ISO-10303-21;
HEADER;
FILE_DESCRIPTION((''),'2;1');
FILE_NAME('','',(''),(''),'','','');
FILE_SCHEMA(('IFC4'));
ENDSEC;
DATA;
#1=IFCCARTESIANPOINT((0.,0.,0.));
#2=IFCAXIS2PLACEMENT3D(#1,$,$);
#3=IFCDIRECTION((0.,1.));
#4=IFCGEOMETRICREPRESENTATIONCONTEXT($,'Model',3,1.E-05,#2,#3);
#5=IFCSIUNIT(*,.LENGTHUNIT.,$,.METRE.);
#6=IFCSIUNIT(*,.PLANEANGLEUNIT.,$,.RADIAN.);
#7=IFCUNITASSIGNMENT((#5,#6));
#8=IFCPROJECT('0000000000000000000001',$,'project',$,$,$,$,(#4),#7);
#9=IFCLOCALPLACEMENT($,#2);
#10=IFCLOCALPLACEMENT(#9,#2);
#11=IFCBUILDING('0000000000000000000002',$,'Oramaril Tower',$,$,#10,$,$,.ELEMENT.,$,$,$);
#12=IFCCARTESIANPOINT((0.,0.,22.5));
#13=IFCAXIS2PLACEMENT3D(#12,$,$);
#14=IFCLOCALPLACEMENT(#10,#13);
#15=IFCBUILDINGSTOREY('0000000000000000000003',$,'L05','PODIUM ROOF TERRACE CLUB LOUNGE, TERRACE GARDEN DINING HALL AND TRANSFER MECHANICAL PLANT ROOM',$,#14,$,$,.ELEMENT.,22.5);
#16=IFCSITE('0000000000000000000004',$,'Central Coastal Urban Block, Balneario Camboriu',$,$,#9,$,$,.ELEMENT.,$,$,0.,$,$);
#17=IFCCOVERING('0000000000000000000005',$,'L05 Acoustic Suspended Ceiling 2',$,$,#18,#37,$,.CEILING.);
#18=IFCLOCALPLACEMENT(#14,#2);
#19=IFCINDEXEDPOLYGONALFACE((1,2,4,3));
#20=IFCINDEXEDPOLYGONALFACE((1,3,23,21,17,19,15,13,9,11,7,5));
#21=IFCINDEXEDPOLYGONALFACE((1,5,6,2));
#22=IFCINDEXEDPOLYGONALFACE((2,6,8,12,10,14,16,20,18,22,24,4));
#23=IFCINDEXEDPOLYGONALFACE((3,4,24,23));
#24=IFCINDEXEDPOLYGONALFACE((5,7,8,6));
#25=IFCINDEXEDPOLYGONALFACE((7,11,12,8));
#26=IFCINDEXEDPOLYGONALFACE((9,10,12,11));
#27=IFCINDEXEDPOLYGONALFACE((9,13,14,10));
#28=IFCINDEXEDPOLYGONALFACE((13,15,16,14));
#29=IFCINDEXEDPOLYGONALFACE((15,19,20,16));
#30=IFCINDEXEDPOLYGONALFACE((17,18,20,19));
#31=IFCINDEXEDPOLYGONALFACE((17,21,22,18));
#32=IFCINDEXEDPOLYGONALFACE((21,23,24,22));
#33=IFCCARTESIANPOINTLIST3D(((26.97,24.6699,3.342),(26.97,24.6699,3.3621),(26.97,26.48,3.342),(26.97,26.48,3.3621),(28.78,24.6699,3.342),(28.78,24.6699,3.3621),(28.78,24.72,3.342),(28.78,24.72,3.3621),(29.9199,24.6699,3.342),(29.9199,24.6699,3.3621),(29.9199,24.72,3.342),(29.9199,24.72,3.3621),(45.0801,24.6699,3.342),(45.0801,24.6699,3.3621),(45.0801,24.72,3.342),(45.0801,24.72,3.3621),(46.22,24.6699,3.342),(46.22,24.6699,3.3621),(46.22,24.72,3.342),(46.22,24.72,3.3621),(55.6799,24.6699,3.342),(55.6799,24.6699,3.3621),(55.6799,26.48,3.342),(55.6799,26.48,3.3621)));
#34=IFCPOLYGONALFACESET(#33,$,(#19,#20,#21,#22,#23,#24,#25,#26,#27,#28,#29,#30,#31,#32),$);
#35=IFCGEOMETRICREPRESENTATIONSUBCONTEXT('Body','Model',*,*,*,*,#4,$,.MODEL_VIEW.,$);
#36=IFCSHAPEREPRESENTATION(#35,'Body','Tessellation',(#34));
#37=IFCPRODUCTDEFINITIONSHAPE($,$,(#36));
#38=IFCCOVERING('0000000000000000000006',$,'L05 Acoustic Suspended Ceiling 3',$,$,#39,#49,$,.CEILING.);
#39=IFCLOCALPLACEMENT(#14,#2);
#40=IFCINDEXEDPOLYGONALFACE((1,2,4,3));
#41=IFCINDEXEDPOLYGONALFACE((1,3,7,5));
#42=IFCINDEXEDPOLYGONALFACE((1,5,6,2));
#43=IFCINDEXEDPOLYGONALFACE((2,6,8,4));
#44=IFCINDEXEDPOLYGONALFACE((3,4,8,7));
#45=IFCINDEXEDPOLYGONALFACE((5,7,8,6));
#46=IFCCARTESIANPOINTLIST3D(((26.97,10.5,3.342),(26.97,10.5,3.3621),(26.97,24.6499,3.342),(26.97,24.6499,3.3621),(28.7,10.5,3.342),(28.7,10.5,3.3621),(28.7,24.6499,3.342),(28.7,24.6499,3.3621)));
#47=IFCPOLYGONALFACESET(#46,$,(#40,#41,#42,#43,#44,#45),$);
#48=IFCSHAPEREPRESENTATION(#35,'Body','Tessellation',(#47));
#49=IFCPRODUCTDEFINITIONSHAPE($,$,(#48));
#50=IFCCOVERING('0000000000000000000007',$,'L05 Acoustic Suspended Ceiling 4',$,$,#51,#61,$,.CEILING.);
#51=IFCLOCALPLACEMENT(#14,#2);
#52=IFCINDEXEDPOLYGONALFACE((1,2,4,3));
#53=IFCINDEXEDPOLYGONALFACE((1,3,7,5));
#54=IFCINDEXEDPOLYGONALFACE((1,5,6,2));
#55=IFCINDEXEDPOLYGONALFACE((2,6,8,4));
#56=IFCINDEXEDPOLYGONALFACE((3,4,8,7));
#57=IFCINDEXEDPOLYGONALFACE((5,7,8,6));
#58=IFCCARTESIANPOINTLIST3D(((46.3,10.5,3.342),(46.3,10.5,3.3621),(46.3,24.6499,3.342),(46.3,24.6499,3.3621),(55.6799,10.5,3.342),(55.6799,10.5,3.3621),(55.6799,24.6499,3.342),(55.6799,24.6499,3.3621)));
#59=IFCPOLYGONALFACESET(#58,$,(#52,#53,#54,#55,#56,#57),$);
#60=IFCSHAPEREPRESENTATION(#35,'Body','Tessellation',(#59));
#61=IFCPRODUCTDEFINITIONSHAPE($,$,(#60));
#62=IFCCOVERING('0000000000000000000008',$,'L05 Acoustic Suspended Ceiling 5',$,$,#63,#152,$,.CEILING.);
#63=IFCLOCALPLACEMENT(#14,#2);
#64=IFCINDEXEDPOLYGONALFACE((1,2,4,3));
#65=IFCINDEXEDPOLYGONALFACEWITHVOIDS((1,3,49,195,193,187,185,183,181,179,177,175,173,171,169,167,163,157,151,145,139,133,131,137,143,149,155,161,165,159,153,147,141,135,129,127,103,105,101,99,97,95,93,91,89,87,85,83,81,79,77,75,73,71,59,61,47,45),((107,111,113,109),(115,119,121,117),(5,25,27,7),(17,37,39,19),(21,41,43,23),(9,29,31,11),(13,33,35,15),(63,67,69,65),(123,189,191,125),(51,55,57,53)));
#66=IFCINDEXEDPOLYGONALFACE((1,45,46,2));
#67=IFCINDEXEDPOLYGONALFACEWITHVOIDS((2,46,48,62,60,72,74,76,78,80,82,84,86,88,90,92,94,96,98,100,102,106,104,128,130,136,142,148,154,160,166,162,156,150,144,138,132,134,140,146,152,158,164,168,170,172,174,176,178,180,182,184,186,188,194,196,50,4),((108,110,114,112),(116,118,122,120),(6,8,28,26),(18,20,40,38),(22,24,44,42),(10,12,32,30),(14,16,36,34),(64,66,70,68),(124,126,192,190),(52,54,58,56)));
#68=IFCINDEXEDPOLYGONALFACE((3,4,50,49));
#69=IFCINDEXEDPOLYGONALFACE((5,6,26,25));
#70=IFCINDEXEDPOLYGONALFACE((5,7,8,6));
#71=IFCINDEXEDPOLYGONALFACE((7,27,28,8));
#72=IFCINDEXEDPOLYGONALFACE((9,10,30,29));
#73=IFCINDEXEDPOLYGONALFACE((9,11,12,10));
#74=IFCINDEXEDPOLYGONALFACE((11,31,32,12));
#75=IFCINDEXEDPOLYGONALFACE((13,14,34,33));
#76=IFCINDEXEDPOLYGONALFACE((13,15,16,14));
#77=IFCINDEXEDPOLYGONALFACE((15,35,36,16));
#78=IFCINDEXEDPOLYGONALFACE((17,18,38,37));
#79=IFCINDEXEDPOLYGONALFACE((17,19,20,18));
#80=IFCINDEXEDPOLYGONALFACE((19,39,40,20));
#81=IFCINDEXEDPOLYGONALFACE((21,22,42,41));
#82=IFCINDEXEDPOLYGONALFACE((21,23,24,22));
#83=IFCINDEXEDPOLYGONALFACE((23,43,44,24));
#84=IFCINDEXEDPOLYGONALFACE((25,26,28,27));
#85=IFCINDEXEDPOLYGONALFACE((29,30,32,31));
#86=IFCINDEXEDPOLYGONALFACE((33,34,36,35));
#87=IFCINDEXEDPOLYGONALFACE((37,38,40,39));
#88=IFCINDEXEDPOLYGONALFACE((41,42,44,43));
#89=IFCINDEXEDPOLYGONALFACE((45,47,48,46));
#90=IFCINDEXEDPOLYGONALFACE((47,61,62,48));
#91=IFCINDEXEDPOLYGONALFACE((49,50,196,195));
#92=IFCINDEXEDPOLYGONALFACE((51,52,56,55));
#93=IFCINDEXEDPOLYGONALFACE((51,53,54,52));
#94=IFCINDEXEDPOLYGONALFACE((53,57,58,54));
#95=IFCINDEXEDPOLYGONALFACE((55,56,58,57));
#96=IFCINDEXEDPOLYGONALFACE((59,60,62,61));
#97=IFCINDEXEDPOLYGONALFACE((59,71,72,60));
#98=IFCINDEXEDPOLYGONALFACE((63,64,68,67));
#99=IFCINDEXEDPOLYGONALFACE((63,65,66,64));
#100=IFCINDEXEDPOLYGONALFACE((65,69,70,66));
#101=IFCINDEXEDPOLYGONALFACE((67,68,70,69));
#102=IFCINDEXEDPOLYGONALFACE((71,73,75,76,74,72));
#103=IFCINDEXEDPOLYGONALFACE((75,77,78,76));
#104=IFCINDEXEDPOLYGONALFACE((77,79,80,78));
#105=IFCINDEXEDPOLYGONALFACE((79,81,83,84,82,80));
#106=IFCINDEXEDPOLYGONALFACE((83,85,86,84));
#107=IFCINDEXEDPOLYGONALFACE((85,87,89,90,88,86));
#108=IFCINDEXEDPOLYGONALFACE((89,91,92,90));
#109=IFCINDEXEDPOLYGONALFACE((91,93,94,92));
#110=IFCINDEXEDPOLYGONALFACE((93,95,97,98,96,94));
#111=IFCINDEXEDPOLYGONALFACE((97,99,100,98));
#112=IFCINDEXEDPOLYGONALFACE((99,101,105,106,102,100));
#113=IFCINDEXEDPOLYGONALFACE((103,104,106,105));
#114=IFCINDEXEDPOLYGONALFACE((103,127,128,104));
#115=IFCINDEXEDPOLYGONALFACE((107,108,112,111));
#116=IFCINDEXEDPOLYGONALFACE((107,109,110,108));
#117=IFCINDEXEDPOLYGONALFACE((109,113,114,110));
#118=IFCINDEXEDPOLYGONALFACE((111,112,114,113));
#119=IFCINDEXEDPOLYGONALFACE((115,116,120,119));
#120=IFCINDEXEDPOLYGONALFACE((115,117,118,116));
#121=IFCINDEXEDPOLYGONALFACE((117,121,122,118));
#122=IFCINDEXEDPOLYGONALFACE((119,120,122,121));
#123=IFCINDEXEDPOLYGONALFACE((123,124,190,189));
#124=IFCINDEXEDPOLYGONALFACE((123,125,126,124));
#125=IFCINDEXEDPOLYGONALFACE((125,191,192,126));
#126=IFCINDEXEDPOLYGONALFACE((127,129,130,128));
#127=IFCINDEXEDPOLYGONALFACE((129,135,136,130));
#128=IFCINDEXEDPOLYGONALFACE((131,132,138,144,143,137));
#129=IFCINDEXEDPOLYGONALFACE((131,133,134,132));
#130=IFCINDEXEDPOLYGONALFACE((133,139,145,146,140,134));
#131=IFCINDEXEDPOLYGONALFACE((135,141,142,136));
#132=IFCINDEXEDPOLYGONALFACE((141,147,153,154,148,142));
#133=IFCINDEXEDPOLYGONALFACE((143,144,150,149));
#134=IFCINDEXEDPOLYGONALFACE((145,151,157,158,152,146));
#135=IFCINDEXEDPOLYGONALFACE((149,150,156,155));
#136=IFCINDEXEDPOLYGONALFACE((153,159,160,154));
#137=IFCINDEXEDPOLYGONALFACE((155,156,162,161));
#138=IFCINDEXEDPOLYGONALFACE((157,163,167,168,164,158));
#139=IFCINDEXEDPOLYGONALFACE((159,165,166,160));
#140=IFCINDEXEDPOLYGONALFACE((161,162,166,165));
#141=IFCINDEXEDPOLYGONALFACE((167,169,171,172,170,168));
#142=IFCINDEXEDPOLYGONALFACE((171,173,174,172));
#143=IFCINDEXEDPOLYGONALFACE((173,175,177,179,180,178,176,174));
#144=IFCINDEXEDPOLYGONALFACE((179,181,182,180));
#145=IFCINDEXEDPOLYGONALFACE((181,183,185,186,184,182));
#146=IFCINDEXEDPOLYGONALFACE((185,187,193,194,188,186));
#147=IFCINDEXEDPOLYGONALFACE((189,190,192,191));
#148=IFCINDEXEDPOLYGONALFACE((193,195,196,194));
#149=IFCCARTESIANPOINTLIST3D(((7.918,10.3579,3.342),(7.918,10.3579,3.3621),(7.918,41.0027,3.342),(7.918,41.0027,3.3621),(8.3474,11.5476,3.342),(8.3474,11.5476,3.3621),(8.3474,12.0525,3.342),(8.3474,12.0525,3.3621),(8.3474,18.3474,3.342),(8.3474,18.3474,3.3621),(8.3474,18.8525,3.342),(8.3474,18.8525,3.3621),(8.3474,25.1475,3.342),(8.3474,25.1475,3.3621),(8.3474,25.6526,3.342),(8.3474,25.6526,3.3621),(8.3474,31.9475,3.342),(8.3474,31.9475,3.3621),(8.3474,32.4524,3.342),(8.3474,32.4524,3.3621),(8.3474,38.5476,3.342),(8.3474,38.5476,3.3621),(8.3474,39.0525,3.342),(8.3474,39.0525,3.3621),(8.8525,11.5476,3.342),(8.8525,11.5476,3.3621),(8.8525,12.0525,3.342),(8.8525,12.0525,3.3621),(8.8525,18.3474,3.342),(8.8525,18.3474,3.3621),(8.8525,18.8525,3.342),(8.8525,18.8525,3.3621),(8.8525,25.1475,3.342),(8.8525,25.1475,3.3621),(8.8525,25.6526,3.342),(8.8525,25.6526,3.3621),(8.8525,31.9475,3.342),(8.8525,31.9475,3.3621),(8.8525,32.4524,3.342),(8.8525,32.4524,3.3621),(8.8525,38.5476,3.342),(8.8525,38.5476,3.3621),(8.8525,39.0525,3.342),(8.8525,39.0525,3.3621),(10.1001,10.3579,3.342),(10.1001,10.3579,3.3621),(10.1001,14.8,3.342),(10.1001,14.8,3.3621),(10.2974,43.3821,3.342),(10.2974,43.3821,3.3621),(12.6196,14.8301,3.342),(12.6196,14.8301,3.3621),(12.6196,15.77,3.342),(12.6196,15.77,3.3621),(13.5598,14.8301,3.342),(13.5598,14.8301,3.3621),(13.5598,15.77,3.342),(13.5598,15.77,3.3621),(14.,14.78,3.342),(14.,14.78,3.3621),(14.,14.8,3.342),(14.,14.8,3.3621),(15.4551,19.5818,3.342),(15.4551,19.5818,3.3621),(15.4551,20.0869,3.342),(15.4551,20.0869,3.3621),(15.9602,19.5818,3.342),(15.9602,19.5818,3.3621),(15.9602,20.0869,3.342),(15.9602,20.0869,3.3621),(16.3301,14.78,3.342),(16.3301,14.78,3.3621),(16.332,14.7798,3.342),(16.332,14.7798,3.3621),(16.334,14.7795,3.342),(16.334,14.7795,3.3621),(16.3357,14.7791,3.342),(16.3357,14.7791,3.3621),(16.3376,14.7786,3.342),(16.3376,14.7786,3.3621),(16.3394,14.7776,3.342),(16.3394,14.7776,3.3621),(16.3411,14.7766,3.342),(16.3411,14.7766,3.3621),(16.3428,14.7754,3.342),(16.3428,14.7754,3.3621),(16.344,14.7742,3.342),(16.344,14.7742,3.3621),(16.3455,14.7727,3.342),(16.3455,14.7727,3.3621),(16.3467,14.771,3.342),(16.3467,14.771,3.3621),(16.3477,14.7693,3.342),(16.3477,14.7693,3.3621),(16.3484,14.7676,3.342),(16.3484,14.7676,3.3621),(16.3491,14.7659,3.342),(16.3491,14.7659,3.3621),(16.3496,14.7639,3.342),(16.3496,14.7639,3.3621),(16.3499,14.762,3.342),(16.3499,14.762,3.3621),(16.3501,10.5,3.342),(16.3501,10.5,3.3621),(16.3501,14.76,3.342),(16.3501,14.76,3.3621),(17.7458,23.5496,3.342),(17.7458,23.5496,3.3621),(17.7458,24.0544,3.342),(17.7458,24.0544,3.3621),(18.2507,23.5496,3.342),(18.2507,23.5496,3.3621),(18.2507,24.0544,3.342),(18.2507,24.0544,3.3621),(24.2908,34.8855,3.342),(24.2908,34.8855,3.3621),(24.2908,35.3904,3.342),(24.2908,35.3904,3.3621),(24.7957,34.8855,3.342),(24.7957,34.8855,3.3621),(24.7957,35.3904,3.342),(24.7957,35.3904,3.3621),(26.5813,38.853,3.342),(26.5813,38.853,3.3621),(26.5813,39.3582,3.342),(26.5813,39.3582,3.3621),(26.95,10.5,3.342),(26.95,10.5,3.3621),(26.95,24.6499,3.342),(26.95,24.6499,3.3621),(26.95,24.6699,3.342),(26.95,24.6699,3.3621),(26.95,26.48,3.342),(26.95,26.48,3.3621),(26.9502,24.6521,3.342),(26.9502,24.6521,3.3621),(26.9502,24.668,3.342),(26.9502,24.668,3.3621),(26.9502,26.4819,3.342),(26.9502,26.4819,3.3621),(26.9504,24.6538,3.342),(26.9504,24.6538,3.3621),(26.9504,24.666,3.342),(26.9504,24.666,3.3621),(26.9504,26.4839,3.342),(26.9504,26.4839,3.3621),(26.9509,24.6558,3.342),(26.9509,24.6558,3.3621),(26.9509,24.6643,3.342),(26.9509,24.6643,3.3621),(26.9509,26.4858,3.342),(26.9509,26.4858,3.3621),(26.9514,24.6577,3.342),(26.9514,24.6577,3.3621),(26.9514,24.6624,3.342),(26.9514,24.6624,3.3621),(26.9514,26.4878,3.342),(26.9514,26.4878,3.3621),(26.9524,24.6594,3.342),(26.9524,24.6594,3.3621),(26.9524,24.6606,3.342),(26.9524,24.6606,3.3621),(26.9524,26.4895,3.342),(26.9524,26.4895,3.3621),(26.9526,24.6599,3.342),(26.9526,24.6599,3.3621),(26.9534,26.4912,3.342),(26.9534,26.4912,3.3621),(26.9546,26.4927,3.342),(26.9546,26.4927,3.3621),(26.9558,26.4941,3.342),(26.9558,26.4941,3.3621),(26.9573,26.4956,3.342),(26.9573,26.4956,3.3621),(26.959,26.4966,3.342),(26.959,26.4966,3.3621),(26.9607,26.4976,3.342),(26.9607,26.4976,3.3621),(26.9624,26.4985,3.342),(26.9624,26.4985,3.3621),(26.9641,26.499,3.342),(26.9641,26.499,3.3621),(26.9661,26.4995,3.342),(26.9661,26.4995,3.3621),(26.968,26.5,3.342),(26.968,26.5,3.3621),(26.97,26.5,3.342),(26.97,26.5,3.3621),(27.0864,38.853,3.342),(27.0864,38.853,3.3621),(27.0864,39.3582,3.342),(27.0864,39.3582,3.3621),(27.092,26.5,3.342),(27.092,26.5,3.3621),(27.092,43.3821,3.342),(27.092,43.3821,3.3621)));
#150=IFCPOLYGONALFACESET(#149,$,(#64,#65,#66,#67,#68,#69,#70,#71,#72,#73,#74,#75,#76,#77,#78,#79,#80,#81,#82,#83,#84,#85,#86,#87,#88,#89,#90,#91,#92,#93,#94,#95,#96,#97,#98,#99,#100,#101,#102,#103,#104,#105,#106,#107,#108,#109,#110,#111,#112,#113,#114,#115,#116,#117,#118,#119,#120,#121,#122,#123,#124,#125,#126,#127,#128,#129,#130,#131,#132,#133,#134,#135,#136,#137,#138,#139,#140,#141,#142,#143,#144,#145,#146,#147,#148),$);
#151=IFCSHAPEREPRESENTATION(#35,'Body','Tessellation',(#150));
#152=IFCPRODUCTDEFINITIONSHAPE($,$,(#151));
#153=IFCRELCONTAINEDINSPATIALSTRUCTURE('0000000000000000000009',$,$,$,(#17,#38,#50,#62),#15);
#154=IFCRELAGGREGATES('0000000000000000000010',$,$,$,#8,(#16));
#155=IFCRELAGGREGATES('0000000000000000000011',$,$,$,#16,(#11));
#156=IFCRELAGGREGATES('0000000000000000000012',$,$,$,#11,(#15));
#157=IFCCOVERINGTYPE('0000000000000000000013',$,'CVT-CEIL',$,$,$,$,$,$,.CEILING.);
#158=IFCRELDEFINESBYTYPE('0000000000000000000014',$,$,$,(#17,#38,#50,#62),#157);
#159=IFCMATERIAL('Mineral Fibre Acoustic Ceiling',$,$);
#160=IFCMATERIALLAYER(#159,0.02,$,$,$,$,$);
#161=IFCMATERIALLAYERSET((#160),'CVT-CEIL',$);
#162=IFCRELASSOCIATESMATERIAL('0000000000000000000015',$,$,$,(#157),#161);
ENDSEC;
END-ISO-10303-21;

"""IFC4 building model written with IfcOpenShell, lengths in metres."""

from ifc_helpers import new_model, si_unit, direction, frame, origin, place, context, subcontext, project, spatial, polyline, outline, extrude, material, layer, layer_set, type_object, element, save


model = new_model("IFC4")

# Units and contexts
model_context = context("Model", 3, precision=1e-05, world=origin(), true_north=direction((0.0, 1.0)))
body_context = subcontext(model_context, "Body", "Model", "MODEL_VIEW")
ifc_project = project(units=[si_unit("LENGTHUNIT", "METRE"), si_unit("PLANEANGLEUNIT", "RADIAN")], contexts=[model_context])

# Site, building, storey
site_placement = place(None, origin())
site = spatial("IfcSite", under=ifc_project, at=site_placement, Name="Central Coastal Urban Block, Balneario Camboriu", CompositionType="ELEMENT", RefElevation=0.0)
building_placement = place(site_placement, origin())
building = spatial("IfcBuilding", under=site, at=building_placement, Name="Oramaril Tower", CompositionType="ELEMENT")
storey_placement = place(building_placement, frame((0.0, 0.0, 22.5)))
storey = spatial("IfcBuildingStorey", under=building, at=storey_placement, Name="L05", Description="PODIUM ROOF TERRACE CLUB LOUNGE, TERRACE GARDEN DINING HALL AND TRANSFER MECHANICAL PLANT ROOM", CompositionType="ELEMENT", Elevation=22.5)

# Coverings
ifc_material_1 = material(Name="Mineral Fibre Acoustic Ceiling")
ifc_layer_1 = layer(ifc_material_1, 0.02)
ifc_layer_set_1 = layer_set([ifc_layer_1], Name="CVT-CEIL")
covering_type_1 = type_object("IfcCoveringType", Name="CVT-CEIL", PredefinedType="CEILING", material=ifc_layer_set_1)
covering_1_placement = place(storey_placement, frame((0.0, 0.0, 3.342)))
element("IfcCovering", 1, at=covering_1_placement, inside=storey, type_object=covering_type_1, Name="L05 Acoustic Suspended Ceiling 2", PredefinedType="CEILING", context=body_context, shape_type="SweptSolid", body=[
    extrude(outline(polyline([(55.6799, 26.48), (55.6799, 24.6699), (46.22, 24.6699), (46.22, 24.72), (45.0801, 24.72), (45.0801, 24.6699), (29.9199, 24.6699), (29.9199, 24.72), (28.78, 24.72), (28.78, 24.6699), (26.97, 24.6699), (26.97, 26.48), (55.6799, 26.48)])), origin(), (0.0, 0.0, 1.0), 0.02),
])
covering_2_placement = place(storey_placement, frame((0.0, 0.0, 3.342)))
element("IfcCovering", 2, at=covering_2_placement, inside=storey, type_object=covering_type_1, Name="L05 Acoustic Suspended Ceiling 3", PredefinedType="CEILING", context=body_context, shape_type="SweptSolid", body=[
    extrude(outline(polyline([(28.7, 10.5), (26.97, 10.5), (26.97, 24.6499), (28.7, 24.6499), (28.7, 10.5)])), origin(), (0.0, 0.0, 1.0), 0.02),
])
covering_3_placement = place(storey_placement, frame((0.0, 0.0, 3.342)))
element("IfcCovering", 3, at=covering_3_placement, inside=storey, type_object=covering_type_1, Name="L05 Acoustic Suspended Ceiling 4", PredefinedType="CEILING", context=body_context, shape_type="SweptSolid", body=[
    extrude(outline(polyline([(55.6799, 10.5), (46.3, 10.5), (46.3, 24.6499), (55.6799, 24.6499), (55.6799, 10.5)])), origin(), (0.0, 0.0, 1.0), 0.02),
])
covering_4_placement = place(storey_placement, frame((0.0, 0.0, 3.342)))
element("IfcCovering", 4, at=covering_4_placement, inside=storey, type_object=covering_type_1, Name="L05 Acoustic Suspended Ceiling 5", PredefinedType="CEILING", context=body_context, shape_type="SweptSolid", body=[
    extrude(outline(polyline([(27.092, 43.3821), (27.092, 26.5), (26.97, 26.5), (26.968, 26.5), (26.9661, 26.4995), (26.9641, 26.499), (26.9624, 26.4985), (26.9607, 26.4976), (26.959, 26.4966), (26.9573, 26.4956), (26.9558, 26.4941), (26.9546, 26.4927), (26.9534, 26.4912), (26.9524, 26.4895), (26.9514, 26.4878), (26.9509, 26.4858), (26.9504, 26.4839), (26.9502, 26.4819), (26.95, 26.48), (26.95, 24.6699), (26.9502, 24.668), (26.9504, 24.666), (26.9509, 24.6643), (26.9514, 24.6624), (26.9524, 24.6606), (26.9526, 24.6599), (26.9524, 24.6594), (26.9514, 24.6577), (26.9509, 24.6558), (26.9504, 24.6538), (26.9502, 24.6521), (26.95, 24.6499), (26.95, 10.5), (16.3501, 10.5), (16.3501, 14.76), (16.3499, 14.762), (16.3496, 14.7639), (16.3491, 14.7659), (16.3484, 14.7676), (16.3477, 14.7693), (16.3467, 14.771), (16.3455, 14.7727), (16.344, 14.7742), (16.3428, 14.7754), (16.3411, 14.7766), (16.3394, 14.7776), (16.3376, 14.7786), (16.3357, 14.7791), (16.334, 14.7795), (16.332, 14.7798), (16.3301, 14.78), (14.0, 14.78), (14.0, 14.8), (10.1001, 14.8), (10.1001, 10.3579), (7.918, 10.3579), (7.918, 41.0027), (10.2974, 43.3821), (27.092, 43.3821)]), holes=[polyline([(8.8525, 12.0525), (8.3474, 12.0525), (8.3474, 11.5476), (8.8525, 11.5476), (8.8525, 12.0525)]), polyline([(13.5598, 14.8301), (13.5598, 15.77), (12.6196, 15.77), (12.6196, 14.8301), (13.5598, 14.8301)]), polyline([(8.8525, 18.8525), (8.3474, 18.8525), (8.3474, 18.3474), (8.8525, 18.3474), (8.8525, 18.8525)]), polyline([(15.9602, 20.0869), (15.4551, 20.0869), (15.4551, 19.5818), (15.9602, 19.5818), (15.9602, 20.0869)]), polyline([(18.2507, 24.0544), (17.7458, 24.0544), (17.7458, 23.5496), (18.2507, 23.5496), (18.2507, 24.0544)]), polyline([(8.8525, 25.1475), (8.8525, 25.6526), (8.3474, 25.6526), (8.3474, 25.1475), (8.8525, 25.1475)]), polyline([(8.8525, 32.4524), (8.3474, 32.4524), (8.3474, 31.9475), (8.8525, 31.9475), (8.8525, 32.4524)]), polyline([(24.7957, 35.3904), (24.2908, 35.3904), (24.2908, 34.8855), (24.7957, 34.8855), (24.7957, 35.3904)]), polyline([(8.8525, 39.0525), (8.3474, 39.0525), (8.3474, 38.5476), (8.8525, 38.5476), (8.8525, 39.0525)]), polyline([(27.0864, 38.853), (27.0864, 39.3582), (26.5813, 39.3582), (26.5813, 38.853), (27.0864, 38.853)])]), origin(), (0.0, 0.0, 1.0), 0.02),
])

save(model, "model.ifc")
